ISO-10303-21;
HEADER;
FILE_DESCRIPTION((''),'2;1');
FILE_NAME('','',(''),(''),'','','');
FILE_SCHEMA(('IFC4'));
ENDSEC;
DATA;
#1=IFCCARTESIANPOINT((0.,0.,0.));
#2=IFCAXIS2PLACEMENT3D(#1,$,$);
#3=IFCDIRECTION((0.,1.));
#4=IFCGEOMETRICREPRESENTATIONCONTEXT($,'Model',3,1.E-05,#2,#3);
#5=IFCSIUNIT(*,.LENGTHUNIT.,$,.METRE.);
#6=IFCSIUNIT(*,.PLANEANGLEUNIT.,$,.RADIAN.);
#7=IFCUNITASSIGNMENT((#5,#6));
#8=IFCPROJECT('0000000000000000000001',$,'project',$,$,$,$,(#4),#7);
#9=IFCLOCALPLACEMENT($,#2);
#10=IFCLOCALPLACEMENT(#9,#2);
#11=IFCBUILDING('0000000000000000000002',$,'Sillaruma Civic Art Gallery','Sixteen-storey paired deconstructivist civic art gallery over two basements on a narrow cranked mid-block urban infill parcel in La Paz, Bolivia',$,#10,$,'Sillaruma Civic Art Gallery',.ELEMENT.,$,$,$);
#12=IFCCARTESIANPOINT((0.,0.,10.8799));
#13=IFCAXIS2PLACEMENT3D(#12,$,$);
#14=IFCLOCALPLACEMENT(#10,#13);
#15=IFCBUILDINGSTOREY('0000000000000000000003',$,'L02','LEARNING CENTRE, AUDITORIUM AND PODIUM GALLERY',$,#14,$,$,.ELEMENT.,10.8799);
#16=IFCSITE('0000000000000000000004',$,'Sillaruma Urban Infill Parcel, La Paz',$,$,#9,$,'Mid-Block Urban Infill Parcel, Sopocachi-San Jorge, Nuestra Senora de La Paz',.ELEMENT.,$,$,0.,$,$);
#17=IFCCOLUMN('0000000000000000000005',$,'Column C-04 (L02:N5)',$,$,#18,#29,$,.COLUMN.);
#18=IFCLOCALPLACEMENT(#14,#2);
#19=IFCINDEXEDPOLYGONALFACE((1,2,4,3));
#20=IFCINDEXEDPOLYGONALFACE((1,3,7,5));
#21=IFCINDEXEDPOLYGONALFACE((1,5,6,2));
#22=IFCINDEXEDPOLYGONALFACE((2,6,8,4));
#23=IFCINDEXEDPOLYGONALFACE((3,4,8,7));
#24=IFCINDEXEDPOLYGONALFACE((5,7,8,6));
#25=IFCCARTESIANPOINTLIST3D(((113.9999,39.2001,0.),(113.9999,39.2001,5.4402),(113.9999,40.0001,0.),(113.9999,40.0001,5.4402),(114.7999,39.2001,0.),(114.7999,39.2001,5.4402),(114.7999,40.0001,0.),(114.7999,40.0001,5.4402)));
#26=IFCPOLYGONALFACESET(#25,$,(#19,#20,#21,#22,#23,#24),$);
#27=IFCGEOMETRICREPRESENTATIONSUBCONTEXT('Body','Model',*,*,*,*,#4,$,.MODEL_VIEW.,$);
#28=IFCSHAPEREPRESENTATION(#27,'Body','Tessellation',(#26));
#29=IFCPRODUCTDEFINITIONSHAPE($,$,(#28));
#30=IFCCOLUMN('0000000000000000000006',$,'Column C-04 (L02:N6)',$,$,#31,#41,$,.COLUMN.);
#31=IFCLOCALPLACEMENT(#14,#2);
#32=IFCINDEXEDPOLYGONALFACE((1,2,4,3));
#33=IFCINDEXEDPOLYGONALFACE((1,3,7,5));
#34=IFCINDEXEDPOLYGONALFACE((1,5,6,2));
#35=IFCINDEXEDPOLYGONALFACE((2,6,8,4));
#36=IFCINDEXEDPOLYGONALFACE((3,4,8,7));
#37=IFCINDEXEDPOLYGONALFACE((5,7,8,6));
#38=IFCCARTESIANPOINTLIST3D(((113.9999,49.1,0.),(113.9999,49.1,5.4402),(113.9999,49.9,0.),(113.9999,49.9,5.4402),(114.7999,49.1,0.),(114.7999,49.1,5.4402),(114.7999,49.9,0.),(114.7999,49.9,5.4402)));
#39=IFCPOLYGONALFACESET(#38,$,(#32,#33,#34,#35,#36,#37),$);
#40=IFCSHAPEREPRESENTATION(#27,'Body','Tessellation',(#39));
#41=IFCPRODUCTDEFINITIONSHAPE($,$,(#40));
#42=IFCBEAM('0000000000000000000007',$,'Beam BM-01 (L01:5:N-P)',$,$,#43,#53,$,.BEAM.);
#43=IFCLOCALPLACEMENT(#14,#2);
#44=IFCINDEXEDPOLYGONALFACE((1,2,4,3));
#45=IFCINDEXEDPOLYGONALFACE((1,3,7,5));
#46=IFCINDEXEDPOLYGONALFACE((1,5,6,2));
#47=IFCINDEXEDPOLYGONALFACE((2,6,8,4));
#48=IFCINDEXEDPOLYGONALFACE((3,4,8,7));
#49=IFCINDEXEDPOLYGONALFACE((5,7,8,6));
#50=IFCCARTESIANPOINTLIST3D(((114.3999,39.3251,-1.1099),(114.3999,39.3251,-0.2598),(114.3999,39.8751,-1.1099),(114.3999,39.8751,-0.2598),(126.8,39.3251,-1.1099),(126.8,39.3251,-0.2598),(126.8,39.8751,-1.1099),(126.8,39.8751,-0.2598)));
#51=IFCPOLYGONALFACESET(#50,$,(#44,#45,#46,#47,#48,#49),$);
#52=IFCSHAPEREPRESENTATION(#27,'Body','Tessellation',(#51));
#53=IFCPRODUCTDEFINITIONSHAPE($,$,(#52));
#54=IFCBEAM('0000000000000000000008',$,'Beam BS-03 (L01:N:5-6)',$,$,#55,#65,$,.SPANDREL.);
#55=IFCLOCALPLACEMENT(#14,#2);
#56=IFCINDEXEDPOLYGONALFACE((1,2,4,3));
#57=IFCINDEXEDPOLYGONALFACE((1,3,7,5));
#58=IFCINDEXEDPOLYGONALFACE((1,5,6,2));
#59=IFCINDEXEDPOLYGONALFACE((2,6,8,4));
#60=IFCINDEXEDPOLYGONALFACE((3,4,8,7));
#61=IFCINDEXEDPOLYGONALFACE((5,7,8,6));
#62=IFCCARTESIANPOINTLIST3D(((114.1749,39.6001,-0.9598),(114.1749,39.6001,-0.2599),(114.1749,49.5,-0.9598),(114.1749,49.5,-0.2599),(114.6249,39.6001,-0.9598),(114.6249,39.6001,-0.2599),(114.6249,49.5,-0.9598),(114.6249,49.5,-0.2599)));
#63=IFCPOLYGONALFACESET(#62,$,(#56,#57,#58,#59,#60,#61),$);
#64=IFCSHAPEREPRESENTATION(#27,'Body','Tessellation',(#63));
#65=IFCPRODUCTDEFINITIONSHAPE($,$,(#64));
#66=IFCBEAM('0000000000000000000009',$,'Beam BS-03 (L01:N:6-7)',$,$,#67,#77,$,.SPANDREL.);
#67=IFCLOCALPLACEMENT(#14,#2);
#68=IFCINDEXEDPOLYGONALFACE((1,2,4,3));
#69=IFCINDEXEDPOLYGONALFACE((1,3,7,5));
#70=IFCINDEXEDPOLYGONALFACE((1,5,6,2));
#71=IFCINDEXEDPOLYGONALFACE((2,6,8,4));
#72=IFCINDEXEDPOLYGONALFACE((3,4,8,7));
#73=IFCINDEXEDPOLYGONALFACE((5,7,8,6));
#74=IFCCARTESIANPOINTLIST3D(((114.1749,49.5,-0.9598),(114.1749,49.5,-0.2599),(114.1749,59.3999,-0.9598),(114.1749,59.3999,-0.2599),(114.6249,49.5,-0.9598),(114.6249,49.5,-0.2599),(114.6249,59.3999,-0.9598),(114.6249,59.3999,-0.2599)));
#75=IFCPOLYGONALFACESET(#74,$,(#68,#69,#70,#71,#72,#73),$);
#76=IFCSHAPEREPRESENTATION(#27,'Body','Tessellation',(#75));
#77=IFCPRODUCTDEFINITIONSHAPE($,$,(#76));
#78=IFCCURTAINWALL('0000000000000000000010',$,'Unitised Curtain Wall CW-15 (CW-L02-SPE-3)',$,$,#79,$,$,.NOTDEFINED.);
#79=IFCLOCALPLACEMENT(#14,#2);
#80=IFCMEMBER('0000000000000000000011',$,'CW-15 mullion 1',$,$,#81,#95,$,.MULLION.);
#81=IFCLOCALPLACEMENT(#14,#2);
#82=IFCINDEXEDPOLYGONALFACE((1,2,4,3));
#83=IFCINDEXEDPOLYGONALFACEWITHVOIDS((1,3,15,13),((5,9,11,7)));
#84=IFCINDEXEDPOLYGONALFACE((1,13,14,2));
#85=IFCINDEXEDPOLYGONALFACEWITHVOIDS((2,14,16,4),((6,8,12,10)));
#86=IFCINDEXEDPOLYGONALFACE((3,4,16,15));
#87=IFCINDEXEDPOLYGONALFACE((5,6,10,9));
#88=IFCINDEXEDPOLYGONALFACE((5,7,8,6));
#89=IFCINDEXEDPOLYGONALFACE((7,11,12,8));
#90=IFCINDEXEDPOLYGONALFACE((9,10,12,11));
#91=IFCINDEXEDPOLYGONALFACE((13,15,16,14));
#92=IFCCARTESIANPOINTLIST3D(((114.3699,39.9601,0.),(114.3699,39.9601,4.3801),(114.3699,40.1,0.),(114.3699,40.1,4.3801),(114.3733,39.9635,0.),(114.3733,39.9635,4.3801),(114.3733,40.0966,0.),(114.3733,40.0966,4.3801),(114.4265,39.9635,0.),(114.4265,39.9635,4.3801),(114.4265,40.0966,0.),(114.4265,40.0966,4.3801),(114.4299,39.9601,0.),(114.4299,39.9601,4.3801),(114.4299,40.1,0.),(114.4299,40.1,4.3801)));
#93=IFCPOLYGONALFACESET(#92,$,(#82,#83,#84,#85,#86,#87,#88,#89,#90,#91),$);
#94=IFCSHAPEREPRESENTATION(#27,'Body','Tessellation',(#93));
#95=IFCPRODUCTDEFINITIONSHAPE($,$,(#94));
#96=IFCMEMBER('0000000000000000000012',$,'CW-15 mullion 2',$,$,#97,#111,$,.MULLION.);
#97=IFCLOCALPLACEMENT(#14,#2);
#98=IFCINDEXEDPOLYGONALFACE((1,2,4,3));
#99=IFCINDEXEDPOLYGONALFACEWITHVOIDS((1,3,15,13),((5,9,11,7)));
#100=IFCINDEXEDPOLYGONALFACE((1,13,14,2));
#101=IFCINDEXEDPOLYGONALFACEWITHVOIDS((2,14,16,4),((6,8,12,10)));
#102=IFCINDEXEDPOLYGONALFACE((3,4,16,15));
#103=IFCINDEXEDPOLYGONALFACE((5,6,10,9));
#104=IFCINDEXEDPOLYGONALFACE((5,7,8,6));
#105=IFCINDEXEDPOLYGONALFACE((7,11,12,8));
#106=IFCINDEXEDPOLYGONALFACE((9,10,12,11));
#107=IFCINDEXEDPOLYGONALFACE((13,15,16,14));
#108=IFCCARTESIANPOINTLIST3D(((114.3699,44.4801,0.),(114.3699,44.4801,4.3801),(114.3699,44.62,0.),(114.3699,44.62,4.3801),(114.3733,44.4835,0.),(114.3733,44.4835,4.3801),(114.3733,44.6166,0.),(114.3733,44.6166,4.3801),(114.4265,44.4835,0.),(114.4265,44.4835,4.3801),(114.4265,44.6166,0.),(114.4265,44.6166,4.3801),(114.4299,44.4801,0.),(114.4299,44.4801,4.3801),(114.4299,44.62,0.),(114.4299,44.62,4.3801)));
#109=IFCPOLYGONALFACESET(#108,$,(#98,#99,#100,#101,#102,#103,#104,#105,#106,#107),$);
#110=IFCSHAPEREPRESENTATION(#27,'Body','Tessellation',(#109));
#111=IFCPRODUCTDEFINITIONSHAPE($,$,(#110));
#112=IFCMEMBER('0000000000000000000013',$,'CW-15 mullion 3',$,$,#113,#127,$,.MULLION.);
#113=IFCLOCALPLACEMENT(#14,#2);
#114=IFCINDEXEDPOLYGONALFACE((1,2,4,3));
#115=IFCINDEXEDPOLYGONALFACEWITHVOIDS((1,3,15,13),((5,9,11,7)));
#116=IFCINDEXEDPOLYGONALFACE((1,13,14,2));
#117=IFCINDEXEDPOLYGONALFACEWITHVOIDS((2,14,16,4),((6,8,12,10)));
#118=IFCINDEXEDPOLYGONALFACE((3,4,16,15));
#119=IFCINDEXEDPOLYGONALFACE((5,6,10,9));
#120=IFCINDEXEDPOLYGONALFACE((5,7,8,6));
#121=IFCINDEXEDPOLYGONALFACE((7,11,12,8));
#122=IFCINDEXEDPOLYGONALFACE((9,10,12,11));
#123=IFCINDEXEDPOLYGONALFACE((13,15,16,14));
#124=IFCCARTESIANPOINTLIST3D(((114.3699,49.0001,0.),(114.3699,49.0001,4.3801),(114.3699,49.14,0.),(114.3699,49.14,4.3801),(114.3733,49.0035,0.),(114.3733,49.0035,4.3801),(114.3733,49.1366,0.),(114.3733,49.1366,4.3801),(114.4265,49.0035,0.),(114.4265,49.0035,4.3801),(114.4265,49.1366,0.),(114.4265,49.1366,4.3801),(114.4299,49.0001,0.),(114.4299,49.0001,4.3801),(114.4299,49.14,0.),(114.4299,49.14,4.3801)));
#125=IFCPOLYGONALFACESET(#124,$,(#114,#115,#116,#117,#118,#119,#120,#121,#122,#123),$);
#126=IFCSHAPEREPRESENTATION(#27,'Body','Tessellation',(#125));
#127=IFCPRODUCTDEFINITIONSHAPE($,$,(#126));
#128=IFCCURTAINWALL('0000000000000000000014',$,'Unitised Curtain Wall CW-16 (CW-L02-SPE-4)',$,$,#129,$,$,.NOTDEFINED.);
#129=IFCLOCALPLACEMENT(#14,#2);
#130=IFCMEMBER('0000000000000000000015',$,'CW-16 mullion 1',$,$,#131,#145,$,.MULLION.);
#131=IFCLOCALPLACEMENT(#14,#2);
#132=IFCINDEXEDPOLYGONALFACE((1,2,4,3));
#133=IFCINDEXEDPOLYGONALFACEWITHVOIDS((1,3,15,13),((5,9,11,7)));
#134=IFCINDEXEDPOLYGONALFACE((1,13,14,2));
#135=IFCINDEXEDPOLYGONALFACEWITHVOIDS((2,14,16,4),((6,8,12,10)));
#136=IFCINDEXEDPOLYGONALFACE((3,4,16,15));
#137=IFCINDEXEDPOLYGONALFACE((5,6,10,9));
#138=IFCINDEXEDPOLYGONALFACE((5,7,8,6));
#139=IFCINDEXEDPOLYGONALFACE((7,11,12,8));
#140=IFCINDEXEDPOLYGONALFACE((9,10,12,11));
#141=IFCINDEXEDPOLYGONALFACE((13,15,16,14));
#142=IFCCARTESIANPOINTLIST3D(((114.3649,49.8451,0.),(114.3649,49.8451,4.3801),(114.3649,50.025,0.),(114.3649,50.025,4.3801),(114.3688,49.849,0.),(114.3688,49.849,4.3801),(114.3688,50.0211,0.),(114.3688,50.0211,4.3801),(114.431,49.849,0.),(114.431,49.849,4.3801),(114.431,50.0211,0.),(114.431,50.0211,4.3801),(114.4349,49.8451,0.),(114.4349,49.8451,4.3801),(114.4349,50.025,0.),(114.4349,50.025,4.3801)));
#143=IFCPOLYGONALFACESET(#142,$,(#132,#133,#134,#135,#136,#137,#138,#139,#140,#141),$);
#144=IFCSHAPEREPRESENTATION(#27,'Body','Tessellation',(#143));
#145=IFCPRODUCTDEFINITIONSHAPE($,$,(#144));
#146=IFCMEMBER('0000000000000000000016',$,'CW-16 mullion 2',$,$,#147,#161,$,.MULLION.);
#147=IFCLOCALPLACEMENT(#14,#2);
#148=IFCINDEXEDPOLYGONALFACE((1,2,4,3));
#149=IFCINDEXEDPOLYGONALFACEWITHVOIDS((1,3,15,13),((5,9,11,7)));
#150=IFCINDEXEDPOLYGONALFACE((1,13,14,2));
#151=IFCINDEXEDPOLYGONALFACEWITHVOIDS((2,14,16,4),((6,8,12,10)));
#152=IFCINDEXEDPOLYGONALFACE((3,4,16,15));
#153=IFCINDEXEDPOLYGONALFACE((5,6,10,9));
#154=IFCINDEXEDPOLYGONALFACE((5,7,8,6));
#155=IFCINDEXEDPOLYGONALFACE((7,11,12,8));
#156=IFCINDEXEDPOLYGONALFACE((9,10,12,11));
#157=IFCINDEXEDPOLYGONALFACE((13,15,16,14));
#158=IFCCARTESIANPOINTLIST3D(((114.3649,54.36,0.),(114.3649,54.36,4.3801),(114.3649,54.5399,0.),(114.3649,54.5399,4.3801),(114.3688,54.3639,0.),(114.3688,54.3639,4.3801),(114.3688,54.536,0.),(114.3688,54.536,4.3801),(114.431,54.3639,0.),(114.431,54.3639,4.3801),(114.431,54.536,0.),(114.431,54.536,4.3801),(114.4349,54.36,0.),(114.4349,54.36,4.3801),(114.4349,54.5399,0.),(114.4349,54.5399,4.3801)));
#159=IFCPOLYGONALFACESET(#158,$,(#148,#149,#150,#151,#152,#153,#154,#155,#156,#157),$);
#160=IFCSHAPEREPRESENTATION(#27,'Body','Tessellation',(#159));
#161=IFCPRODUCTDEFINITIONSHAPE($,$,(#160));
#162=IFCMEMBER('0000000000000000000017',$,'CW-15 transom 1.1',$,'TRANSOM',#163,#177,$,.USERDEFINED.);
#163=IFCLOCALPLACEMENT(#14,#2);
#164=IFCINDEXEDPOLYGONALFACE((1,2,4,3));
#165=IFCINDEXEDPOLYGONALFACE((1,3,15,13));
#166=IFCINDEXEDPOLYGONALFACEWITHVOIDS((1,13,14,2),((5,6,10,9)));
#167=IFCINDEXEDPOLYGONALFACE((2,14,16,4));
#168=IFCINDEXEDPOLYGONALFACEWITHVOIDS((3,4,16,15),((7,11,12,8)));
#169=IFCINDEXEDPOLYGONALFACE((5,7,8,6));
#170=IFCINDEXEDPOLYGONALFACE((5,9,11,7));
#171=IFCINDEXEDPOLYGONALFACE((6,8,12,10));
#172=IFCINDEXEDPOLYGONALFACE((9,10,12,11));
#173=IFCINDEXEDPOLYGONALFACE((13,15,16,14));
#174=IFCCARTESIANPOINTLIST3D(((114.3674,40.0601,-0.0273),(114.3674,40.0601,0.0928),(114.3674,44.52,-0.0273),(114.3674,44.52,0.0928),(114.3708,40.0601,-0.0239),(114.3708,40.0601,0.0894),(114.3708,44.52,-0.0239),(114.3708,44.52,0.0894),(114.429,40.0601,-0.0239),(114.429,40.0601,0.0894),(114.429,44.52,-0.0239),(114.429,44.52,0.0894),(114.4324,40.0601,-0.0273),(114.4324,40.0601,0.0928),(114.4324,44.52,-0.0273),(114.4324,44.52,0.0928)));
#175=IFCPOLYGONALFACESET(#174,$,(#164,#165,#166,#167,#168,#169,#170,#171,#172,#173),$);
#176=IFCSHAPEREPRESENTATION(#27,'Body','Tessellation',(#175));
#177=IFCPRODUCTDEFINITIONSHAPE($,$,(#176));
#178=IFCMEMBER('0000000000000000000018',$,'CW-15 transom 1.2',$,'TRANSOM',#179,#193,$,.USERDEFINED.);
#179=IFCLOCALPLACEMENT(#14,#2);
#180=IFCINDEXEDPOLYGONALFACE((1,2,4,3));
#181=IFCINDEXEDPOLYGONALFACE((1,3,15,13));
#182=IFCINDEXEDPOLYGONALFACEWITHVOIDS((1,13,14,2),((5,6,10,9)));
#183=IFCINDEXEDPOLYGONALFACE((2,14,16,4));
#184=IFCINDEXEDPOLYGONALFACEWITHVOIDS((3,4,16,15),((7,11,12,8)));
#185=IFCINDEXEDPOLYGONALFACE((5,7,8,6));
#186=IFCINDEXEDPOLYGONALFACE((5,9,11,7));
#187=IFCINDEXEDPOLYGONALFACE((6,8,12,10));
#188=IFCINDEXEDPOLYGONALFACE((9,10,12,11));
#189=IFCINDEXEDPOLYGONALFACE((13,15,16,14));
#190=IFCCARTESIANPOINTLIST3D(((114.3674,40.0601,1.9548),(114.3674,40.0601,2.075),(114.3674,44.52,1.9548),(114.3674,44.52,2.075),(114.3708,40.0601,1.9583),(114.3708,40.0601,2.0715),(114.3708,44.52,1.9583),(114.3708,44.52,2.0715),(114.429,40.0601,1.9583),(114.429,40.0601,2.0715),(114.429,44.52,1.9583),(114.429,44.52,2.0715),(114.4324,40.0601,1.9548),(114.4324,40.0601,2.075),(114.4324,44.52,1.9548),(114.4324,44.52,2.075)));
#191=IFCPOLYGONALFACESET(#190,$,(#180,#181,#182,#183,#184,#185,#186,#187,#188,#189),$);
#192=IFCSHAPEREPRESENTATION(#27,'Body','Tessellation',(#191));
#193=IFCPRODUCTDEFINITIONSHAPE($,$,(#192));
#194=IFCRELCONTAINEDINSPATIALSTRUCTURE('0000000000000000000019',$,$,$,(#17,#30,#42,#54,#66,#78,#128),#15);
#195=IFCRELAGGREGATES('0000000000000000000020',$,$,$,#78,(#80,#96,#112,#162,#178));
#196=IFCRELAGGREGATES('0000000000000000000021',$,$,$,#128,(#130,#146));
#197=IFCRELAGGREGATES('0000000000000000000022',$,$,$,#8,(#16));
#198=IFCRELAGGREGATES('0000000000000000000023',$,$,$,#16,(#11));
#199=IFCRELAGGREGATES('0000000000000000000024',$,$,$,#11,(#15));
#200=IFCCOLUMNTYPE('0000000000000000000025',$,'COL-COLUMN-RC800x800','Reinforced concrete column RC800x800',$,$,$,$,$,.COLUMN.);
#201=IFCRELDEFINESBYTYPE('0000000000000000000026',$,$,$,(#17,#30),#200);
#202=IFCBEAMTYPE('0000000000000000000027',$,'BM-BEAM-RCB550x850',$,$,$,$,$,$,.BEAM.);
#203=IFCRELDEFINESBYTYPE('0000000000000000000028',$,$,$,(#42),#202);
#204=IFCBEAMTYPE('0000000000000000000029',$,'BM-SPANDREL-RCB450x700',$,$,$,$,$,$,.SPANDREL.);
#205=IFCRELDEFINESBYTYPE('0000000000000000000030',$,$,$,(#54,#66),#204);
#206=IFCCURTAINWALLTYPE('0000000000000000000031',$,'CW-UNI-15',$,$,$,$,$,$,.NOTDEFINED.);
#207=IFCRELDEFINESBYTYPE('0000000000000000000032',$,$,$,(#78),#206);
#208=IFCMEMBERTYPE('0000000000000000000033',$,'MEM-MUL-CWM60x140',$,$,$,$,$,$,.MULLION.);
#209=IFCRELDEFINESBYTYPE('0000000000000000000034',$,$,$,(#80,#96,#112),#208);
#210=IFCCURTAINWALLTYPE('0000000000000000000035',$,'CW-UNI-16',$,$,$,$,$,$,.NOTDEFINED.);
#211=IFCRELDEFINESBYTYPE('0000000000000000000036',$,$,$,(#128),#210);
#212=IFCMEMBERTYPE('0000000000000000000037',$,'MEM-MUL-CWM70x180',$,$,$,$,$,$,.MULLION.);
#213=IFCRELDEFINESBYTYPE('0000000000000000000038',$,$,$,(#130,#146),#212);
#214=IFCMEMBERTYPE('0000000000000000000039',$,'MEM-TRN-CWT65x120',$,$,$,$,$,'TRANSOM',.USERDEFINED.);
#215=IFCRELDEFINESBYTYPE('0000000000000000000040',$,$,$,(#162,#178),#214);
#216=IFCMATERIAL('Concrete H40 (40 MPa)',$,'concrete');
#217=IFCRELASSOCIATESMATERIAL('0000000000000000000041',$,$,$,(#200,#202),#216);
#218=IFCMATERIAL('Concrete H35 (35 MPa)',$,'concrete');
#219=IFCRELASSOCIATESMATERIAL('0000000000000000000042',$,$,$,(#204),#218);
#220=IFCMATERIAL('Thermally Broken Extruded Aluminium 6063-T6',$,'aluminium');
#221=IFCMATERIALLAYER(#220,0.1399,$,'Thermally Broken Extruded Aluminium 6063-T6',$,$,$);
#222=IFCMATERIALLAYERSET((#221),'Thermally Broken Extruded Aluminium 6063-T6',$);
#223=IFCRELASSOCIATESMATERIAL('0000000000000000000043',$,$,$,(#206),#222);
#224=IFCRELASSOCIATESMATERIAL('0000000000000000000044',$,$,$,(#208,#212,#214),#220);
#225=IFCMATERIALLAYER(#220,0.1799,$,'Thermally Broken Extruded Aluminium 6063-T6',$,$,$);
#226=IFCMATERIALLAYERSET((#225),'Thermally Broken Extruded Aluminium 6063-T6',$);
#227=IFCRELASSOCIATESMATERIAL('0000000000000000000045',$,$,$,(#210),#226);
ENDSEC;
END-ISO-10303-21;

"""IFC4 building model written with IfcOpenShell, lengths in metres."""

from ifc_helpers import new_model, si_unit, direction, frame, origin, origin_2d, place, context, subcontext, project, spatial, rectangle, hollow_rectangle, extrude, material, layer, layer_set, material_profile, profile_set, type_object, element, aggregate, save


model = new_model("IFC4")

# Units and contexts
model_context = context("Model", 3, precision=1e-05, world=origin(), true_north=direction((0.0, 1.0)))
body_context = subcontext(model_context, "Body", "Model", "MODEL_VIEW")
ifc_project = project(units=[si_unit("LENGTHUNIT", "METRE"), si_unit("PLANEANGLEUNIT", "RADIAN")], contexts=[model_context])

# Site, building, storey
site_placement = place(None, origin())
site = spatial("IfcSite", under=ifc_project, at=site_placement, Name="Sillaruma Urban Infill Parcel, La Paz", LongName="Mid-Block Urban Infill Parcel, Sopocachi-San Jorge, Nuestra Senora de La Paz", CompositionType="ELEMENT", RefElevation=0.0)
building_placement = place(site_placement, origin())
building = spatial("IfcBuilding", under=site, at=building_placement, Name="Sillaruma Civic Art Gallery", Description="Sixteen-storey paired deconstructivist civic art gallery over two basements on a narrow cranked mid-block urban infill parcel in La Paz, Bolivia", LongName="Sillaruma Civic Art Gallery", CompositionType="ELEMENT")
storey_placement = place(building_placement, frame((0.0, 0.0, 10.8799)))
storey = spatial("IfcBuildingStorey", under=building, at=storey_placement, Name="L02", Description="LEARNING CENTRE, AUDITORIUM AND PODIUM GALLERY", CompositionType="ELEMENT", Elevation=10.8799)

# Columns
ifc_material_1 = material(Name="Concrete H40 (40 MPa)", Category="concrete")
ifc_material_profile_1 = material_profile(ifc_material_1, rectangle(XDim=0.8, YDim=0.8, at=origin_2d()), Name="RC800x800")
ifc_profile_set_1 = profile_set([ifc_material_profile_1], Name="Concrete H40 (40 MPa)")
column_type = type_object("IfcColumnType", Name="COL-COLUMN-RC800x800", Description="Reinforced concrete column RC800x800", PredefinedType="COLUMN", material=ifc_profile_set_1)
for number, where, z_axis, x_axis, name in (
    (1, (114.3999, 39.6001, 0.0), (0.0, 0.0, 1.0), (1.0, 0.0, 0.0), "Column C-04 (L02:N5)"),
    (2, (114.3999, 49.5, 0.0), (0.0, 0.0, 1.0), (1.0, 0.0, 0.0), "Column C-04 (L02:N6)"),
):
    element("IfcColumn", number, at=place(storey_placement, frame(where, z_axis=z_axis, x_axis=x_axis)), inside=storey, type_object=column_type, Name=name, PredefinedType="COLUMN", context=body_context, shape_type="SweptSolid", body=[
        extrude(rectangle(XDim=0.8, YDim=0.8, at=origin_2d()), origin(), (0.0, 0.0, 1.0), 5.4402),
    ])

# Beams
ifc_material_profile_2 = material_profile(ifc_material_1, rectangle(XDim=0.55, YDim=0.8501, at=origin_2d()), Name="RCB550x850")
ifc_profile_set_2 = profile_set([ifc_material_profile_2], Name="Concrete H40 (40 MPa)")
beam_type_1 = type_object("IfcBeamType", Name="BM-BEAM-RCB550x850", PredefinedType="BEAM", material=ifc_profile_set_2)
beam_placement = place(storey_placement, frame((114.3999, 39.6001, -0.6848), z_axis=(1.0, 0.0, 0.0), x_axis=(0.0, 1.0, 0.0)))
element("IfcBeam", 3, at=beam_placement, inside=storey, type_object=beam_type_1, Name="Beam BM-01 (L01:5:N-P)", PredefinedType="BEAM", context=body_context, shape_type="SweptSolid", body=[
    extrude(rectangle(XDim=0.55, YDim=0.8501, at=origin_2d()), origin(), (0.0, 0.0, 1.0), 12.4001),
])
ifc_material_2 = material(Name="Concrete H35 (35 MPa)", Category="concrete")
ifc_material_profile_3 = material_profile(ifc_material_2, rectangle(XDim=0.45, YDim=0.7, at=origin_2d()), Name="RCB450x700")
ifc_profile_set_3 = profile_set([ifc_material_profile_3], Name="Concrete H35 (35 MPa)")
beam_type_2 = type_object("IfcBeamType", Name="BM-SPANDREL-RCB450x700", PredefinedType="SPANDREL", material=ifc_profile_set_3)
for number, where, z_axis, x_axis, name in (
    (4, (114.3999, 39.6001, -0.6099), (0.0, 1.0, 0.0), (-1.0, 0.0, 0.0), "Beam BS-03 (L01:N:5-6)"),
    (5, (114.3999, 49.5, -0.6099), (0.0, 1.0, 0.0), (-1.0, 0.0, 0.0), "Beam BS-03 (L01:N:6-7)"),
):
    element("IfcBeam", number, at=place(storey_placement, frame(where, z_axis=z_axis, x_axis=x_axis)), inside=storey, type_object=beam_type_2, Name=name, PredefinedType="SPANDREL", context=body_context, shape_type="SweptSolid", body=[
        extrude(rectangle(XDim=0.45, YDim=0.7, at=origin_2d()), origin(), (0.0, 0.0, 1.0), 9.8999),
    ])

# Curtain walls, members
ifc_material_3 = material(Name="Thermally Broken Extruded Aluminium 6063-T6", Category="aluminium")
ifc_layer_1 = layer(ifc_material_3, 0.1399, Name="Thermally Broken Extruded Aluminium 6063-T6")
ifc_layer_set_1 = layer_set([ifc_layer_1], Name="Thermally Broken Extruded Aluminium 6063-T6")
curtain_wall_type_1 = type_object("IfcCurtainWallType", Name="CW-UNI-15", PredefinedType="NOTDEFINED", material=ifc_layer_set_1)
curtain_wall_1_placement = place(storey_placement, origin())
curtain_wall_1 = element("IfcCurtainWall", 6, at=curtain_wall_1_placement, inside=storey, type_object=curtain_wall_type_1, Name="Unitised Curtain Wall CW-15 (CW-L02-SPE-3)", PredefinedType="NOTDEFINED")
ifc_material_profile_4 = material_profile(ifc_material_3, hollow_rectangle(XDim=0.0601, YDim=0.1399, WallThickness=0.0034, at=origin_2d()), Name="CWM60x140")
ifc_profile_set_4 = profile_set([ifc_material_profile_4], Name="Thermally Broken Extruded Aluminium 6063-T6")
member_type_1 = type_object("IfcMemberType", Name="MEM-MUL-CWM60x140", PredefinedType="MULLION", material=ifc_profile_set_4)
member_1_placement = place(storey_placement, frame((114.3999, 40.03, 0.0), z_axis=(0.0, 0.0, 1.0), x_axis=(-1.0, 0.0, 0.0)))
member_1 = element("IfcMember", 7, at=member_1_placement, type_object=member_type_1, Name="CW-15 mullion 1", PredefinedType="MULLION", context=body_context, shape_type="SweptSolid", body=[
    extrude(hollow_rectangle(XDim=0.0601, YDim=0.1399, WallThickness=0.0034, at=origin_2d()), origin(), (0.0, 0.0, 1.0), 4.3801),
])
member_2_placement = place(storey_placement, frame((114.3999, 44.55, 0.0), z_axis=(0.0, 0.0, 1.0), x_axis=(-1.0, 0.0, 0.0)))
member_2 = element("IfcMember", 8, at=member_2_placement, type_object=member_type_1, Name="CW-15 mullion 2", PredefinedType="MULLION", context=body_context, shape_type="SweptSolid", body=[
    extrude(hollow_rectangle(XDim=0.0601, YDim=0.1399, WallThickness=0.0034, at=origin_2d()), origin(), (0.0, 0.0, 1.0), 4.3801),
])
member_3_placement = place(storey_placement, frame((114.3999, 49.0701, 0.0), z_axis=(0.0, 0.0, 1.0), x_axis=(-1.0, 0.0, 0.0)))
member_3 = element("IfcMember", 9, at=member_3_placement, type_object=member_type_1, Name="CW-15 mullion 3", PredefinedType="MULLION", context=body_context, shape_type="SweptSolid", body=[
    extrude(hollow_rectangle(XDim=0.0601, YDim=0.1399, WallThickness=0.0034, at=origin_2d()), origin(), (0.0, 0.0, 1.0), 4.3801),
])
ifc_layer_2 = layer(ifc_material_3, 0.1799, Name="Thermally Broken Extruded Aluminium 6063-T6")
ifc_layer_set_2 = layer_set([ifc_layer_2], Name="Thermally Broken Extruded Aluminium 6063-T6")
curtain_wall_type_2 = type_object("IfcCurtainWallType", Name="CW-UNI-16", PredefinedType="NOTDEFINED", material=ifc_layer_set_2)
curtain_wall_2_placement = place(storey_placement, origin())
curtain_wall_2 = element("IfcCurtainWall", 10, at=curtain_wall_2_placement, inside=storey, type_object=curtain_wall_type_2, Name="Unitised Curtain Wall CW-16 (CW-L02-SPE-4)", PredefinedType="NOTDEFINED")
ifc_material_profile_5 = material_profile(ifc_material_3, hollow_rectangle(XDim=0.0701, YDim=0.1799, WallThickness=0.0039, at=origin_2d()), Name="CWM70x180")
ifc_profile_set_5 = profile_set([ifc_material_profile_5], Name="Thermally Broken Extruded Aluminium 6063-T6")
member_type_2 = type_object("IfcMemberType", Name="MEM-MUL-CWM70x180", PredefinedType="MULLION", material=ifc_profile_set_5)
member_4_placement = place(storey_placement, frame((114.3999, 49.9351, 0.0), z_axis=(0.0, 0.0, 1.0), x_axis=(-1.0, 0.0, 0.0)))
member_4 = element("IfcMember", 11, at=member_4_placement, type_object=member_type_2, Name="CW-16 mullion 1", PredefinedType="MULLION", context=body_context, shape_type="SweptSolid", body=[
    extrude(hollow_rectangle(XDim=0.0701, YDim=0.1799, WallThickness=0.0039, at=origin_2d()), origin(), (0.0, 0.0, 1.0), 4.3801),
])
member_5_placement = place(storey_placement, frame((114.3999, 54.45, 0.0), z_axis=(0.0, 0.0, 1.0), x_axis=(-1.0, 0.0, 0.0)))
member_5 = element("IfcMember", 12, at=member_5_placement, type_object=member_type_2, Name="CW-16 mullion 2", PredefinedType="MULLION", context=body_context, shape_type="SweptSolid", body=[
    extrude(hollow_rectangle(XDim=0.0701, YDim=0.1799, WallThickness=0.0039, at=origin_2d()), origin(), (0.0, 0.0, 1.0), 4.3801),
])

# Members
ifc_material_profile_6 = material_profile(ifc_material_3, hollow_rectangle(XDim=0.0649, YDim=0.1201, WallThickness=0.0034, at=origin_2d()), Name="CWT65x120")
ifc_profile_set_6 = profile_set([ifc_material_profile_6], Name="Thermally Broken Extruded Aluminium 6063-T6")
member_type_3 = type_object("IfcMemberType", Name="MEM-TRN-CWT65x120", ElementType="TRANSOM", PredefinedType="USERDEFINED", material=ifc_profile_set_6)
member_6_placement = place(storey_placement, frame((114.3999, 40.0601, 0.0327), z_axis=(0.0, 1.0, 0.0), x_axis=(-1.0, 0.0, 0.0)))
member_6 = element("IfcMember", 13, at=member_6_placement, type_object=member_type_3, Name="CW-15 transom 1.1", ObjectType="TRANSOM", PredefinedType="USERDEFINED", context=body_context, shape_type="SweptSolid", body=[
    extrude(hollow_rectangle(XDim=0.0649, YDim=0.1201, WallThickness=0.0034, at=origin_2d()), origin(), (0.0, 0.0, 1.0), 4.46),
])
member_7_placement = place(storey_placement, frame((114.3999, 40.0601, 2.0149), z_axis=(0.0, 1.0, 0.0), x_axis=(-1.0, 0.0, 0.0)))
member_7 = element("IfcMember", 14, at=member_7_placement, type_object=member_type_3, Name="CW-15 transom 1.2", ObjectType="TRANSOM", PredefinedType="USERDEFINED", context=body_context, shape_type="SweptSolid", body=[
    extrude(hollow_rectangle(XDim=0.0649, YDim=0.1201, WallThickness=0.0034, at=origin_2d()), origin(), (0.0, 0.0, 1.0), 4.46),
])

aggregate(curtain_wall_1, [member_1, member_2, member_3, member_6, member_7])
aggregate(curtain_wall_2, [member_4, member_5])

save(model, "model.ifc")
